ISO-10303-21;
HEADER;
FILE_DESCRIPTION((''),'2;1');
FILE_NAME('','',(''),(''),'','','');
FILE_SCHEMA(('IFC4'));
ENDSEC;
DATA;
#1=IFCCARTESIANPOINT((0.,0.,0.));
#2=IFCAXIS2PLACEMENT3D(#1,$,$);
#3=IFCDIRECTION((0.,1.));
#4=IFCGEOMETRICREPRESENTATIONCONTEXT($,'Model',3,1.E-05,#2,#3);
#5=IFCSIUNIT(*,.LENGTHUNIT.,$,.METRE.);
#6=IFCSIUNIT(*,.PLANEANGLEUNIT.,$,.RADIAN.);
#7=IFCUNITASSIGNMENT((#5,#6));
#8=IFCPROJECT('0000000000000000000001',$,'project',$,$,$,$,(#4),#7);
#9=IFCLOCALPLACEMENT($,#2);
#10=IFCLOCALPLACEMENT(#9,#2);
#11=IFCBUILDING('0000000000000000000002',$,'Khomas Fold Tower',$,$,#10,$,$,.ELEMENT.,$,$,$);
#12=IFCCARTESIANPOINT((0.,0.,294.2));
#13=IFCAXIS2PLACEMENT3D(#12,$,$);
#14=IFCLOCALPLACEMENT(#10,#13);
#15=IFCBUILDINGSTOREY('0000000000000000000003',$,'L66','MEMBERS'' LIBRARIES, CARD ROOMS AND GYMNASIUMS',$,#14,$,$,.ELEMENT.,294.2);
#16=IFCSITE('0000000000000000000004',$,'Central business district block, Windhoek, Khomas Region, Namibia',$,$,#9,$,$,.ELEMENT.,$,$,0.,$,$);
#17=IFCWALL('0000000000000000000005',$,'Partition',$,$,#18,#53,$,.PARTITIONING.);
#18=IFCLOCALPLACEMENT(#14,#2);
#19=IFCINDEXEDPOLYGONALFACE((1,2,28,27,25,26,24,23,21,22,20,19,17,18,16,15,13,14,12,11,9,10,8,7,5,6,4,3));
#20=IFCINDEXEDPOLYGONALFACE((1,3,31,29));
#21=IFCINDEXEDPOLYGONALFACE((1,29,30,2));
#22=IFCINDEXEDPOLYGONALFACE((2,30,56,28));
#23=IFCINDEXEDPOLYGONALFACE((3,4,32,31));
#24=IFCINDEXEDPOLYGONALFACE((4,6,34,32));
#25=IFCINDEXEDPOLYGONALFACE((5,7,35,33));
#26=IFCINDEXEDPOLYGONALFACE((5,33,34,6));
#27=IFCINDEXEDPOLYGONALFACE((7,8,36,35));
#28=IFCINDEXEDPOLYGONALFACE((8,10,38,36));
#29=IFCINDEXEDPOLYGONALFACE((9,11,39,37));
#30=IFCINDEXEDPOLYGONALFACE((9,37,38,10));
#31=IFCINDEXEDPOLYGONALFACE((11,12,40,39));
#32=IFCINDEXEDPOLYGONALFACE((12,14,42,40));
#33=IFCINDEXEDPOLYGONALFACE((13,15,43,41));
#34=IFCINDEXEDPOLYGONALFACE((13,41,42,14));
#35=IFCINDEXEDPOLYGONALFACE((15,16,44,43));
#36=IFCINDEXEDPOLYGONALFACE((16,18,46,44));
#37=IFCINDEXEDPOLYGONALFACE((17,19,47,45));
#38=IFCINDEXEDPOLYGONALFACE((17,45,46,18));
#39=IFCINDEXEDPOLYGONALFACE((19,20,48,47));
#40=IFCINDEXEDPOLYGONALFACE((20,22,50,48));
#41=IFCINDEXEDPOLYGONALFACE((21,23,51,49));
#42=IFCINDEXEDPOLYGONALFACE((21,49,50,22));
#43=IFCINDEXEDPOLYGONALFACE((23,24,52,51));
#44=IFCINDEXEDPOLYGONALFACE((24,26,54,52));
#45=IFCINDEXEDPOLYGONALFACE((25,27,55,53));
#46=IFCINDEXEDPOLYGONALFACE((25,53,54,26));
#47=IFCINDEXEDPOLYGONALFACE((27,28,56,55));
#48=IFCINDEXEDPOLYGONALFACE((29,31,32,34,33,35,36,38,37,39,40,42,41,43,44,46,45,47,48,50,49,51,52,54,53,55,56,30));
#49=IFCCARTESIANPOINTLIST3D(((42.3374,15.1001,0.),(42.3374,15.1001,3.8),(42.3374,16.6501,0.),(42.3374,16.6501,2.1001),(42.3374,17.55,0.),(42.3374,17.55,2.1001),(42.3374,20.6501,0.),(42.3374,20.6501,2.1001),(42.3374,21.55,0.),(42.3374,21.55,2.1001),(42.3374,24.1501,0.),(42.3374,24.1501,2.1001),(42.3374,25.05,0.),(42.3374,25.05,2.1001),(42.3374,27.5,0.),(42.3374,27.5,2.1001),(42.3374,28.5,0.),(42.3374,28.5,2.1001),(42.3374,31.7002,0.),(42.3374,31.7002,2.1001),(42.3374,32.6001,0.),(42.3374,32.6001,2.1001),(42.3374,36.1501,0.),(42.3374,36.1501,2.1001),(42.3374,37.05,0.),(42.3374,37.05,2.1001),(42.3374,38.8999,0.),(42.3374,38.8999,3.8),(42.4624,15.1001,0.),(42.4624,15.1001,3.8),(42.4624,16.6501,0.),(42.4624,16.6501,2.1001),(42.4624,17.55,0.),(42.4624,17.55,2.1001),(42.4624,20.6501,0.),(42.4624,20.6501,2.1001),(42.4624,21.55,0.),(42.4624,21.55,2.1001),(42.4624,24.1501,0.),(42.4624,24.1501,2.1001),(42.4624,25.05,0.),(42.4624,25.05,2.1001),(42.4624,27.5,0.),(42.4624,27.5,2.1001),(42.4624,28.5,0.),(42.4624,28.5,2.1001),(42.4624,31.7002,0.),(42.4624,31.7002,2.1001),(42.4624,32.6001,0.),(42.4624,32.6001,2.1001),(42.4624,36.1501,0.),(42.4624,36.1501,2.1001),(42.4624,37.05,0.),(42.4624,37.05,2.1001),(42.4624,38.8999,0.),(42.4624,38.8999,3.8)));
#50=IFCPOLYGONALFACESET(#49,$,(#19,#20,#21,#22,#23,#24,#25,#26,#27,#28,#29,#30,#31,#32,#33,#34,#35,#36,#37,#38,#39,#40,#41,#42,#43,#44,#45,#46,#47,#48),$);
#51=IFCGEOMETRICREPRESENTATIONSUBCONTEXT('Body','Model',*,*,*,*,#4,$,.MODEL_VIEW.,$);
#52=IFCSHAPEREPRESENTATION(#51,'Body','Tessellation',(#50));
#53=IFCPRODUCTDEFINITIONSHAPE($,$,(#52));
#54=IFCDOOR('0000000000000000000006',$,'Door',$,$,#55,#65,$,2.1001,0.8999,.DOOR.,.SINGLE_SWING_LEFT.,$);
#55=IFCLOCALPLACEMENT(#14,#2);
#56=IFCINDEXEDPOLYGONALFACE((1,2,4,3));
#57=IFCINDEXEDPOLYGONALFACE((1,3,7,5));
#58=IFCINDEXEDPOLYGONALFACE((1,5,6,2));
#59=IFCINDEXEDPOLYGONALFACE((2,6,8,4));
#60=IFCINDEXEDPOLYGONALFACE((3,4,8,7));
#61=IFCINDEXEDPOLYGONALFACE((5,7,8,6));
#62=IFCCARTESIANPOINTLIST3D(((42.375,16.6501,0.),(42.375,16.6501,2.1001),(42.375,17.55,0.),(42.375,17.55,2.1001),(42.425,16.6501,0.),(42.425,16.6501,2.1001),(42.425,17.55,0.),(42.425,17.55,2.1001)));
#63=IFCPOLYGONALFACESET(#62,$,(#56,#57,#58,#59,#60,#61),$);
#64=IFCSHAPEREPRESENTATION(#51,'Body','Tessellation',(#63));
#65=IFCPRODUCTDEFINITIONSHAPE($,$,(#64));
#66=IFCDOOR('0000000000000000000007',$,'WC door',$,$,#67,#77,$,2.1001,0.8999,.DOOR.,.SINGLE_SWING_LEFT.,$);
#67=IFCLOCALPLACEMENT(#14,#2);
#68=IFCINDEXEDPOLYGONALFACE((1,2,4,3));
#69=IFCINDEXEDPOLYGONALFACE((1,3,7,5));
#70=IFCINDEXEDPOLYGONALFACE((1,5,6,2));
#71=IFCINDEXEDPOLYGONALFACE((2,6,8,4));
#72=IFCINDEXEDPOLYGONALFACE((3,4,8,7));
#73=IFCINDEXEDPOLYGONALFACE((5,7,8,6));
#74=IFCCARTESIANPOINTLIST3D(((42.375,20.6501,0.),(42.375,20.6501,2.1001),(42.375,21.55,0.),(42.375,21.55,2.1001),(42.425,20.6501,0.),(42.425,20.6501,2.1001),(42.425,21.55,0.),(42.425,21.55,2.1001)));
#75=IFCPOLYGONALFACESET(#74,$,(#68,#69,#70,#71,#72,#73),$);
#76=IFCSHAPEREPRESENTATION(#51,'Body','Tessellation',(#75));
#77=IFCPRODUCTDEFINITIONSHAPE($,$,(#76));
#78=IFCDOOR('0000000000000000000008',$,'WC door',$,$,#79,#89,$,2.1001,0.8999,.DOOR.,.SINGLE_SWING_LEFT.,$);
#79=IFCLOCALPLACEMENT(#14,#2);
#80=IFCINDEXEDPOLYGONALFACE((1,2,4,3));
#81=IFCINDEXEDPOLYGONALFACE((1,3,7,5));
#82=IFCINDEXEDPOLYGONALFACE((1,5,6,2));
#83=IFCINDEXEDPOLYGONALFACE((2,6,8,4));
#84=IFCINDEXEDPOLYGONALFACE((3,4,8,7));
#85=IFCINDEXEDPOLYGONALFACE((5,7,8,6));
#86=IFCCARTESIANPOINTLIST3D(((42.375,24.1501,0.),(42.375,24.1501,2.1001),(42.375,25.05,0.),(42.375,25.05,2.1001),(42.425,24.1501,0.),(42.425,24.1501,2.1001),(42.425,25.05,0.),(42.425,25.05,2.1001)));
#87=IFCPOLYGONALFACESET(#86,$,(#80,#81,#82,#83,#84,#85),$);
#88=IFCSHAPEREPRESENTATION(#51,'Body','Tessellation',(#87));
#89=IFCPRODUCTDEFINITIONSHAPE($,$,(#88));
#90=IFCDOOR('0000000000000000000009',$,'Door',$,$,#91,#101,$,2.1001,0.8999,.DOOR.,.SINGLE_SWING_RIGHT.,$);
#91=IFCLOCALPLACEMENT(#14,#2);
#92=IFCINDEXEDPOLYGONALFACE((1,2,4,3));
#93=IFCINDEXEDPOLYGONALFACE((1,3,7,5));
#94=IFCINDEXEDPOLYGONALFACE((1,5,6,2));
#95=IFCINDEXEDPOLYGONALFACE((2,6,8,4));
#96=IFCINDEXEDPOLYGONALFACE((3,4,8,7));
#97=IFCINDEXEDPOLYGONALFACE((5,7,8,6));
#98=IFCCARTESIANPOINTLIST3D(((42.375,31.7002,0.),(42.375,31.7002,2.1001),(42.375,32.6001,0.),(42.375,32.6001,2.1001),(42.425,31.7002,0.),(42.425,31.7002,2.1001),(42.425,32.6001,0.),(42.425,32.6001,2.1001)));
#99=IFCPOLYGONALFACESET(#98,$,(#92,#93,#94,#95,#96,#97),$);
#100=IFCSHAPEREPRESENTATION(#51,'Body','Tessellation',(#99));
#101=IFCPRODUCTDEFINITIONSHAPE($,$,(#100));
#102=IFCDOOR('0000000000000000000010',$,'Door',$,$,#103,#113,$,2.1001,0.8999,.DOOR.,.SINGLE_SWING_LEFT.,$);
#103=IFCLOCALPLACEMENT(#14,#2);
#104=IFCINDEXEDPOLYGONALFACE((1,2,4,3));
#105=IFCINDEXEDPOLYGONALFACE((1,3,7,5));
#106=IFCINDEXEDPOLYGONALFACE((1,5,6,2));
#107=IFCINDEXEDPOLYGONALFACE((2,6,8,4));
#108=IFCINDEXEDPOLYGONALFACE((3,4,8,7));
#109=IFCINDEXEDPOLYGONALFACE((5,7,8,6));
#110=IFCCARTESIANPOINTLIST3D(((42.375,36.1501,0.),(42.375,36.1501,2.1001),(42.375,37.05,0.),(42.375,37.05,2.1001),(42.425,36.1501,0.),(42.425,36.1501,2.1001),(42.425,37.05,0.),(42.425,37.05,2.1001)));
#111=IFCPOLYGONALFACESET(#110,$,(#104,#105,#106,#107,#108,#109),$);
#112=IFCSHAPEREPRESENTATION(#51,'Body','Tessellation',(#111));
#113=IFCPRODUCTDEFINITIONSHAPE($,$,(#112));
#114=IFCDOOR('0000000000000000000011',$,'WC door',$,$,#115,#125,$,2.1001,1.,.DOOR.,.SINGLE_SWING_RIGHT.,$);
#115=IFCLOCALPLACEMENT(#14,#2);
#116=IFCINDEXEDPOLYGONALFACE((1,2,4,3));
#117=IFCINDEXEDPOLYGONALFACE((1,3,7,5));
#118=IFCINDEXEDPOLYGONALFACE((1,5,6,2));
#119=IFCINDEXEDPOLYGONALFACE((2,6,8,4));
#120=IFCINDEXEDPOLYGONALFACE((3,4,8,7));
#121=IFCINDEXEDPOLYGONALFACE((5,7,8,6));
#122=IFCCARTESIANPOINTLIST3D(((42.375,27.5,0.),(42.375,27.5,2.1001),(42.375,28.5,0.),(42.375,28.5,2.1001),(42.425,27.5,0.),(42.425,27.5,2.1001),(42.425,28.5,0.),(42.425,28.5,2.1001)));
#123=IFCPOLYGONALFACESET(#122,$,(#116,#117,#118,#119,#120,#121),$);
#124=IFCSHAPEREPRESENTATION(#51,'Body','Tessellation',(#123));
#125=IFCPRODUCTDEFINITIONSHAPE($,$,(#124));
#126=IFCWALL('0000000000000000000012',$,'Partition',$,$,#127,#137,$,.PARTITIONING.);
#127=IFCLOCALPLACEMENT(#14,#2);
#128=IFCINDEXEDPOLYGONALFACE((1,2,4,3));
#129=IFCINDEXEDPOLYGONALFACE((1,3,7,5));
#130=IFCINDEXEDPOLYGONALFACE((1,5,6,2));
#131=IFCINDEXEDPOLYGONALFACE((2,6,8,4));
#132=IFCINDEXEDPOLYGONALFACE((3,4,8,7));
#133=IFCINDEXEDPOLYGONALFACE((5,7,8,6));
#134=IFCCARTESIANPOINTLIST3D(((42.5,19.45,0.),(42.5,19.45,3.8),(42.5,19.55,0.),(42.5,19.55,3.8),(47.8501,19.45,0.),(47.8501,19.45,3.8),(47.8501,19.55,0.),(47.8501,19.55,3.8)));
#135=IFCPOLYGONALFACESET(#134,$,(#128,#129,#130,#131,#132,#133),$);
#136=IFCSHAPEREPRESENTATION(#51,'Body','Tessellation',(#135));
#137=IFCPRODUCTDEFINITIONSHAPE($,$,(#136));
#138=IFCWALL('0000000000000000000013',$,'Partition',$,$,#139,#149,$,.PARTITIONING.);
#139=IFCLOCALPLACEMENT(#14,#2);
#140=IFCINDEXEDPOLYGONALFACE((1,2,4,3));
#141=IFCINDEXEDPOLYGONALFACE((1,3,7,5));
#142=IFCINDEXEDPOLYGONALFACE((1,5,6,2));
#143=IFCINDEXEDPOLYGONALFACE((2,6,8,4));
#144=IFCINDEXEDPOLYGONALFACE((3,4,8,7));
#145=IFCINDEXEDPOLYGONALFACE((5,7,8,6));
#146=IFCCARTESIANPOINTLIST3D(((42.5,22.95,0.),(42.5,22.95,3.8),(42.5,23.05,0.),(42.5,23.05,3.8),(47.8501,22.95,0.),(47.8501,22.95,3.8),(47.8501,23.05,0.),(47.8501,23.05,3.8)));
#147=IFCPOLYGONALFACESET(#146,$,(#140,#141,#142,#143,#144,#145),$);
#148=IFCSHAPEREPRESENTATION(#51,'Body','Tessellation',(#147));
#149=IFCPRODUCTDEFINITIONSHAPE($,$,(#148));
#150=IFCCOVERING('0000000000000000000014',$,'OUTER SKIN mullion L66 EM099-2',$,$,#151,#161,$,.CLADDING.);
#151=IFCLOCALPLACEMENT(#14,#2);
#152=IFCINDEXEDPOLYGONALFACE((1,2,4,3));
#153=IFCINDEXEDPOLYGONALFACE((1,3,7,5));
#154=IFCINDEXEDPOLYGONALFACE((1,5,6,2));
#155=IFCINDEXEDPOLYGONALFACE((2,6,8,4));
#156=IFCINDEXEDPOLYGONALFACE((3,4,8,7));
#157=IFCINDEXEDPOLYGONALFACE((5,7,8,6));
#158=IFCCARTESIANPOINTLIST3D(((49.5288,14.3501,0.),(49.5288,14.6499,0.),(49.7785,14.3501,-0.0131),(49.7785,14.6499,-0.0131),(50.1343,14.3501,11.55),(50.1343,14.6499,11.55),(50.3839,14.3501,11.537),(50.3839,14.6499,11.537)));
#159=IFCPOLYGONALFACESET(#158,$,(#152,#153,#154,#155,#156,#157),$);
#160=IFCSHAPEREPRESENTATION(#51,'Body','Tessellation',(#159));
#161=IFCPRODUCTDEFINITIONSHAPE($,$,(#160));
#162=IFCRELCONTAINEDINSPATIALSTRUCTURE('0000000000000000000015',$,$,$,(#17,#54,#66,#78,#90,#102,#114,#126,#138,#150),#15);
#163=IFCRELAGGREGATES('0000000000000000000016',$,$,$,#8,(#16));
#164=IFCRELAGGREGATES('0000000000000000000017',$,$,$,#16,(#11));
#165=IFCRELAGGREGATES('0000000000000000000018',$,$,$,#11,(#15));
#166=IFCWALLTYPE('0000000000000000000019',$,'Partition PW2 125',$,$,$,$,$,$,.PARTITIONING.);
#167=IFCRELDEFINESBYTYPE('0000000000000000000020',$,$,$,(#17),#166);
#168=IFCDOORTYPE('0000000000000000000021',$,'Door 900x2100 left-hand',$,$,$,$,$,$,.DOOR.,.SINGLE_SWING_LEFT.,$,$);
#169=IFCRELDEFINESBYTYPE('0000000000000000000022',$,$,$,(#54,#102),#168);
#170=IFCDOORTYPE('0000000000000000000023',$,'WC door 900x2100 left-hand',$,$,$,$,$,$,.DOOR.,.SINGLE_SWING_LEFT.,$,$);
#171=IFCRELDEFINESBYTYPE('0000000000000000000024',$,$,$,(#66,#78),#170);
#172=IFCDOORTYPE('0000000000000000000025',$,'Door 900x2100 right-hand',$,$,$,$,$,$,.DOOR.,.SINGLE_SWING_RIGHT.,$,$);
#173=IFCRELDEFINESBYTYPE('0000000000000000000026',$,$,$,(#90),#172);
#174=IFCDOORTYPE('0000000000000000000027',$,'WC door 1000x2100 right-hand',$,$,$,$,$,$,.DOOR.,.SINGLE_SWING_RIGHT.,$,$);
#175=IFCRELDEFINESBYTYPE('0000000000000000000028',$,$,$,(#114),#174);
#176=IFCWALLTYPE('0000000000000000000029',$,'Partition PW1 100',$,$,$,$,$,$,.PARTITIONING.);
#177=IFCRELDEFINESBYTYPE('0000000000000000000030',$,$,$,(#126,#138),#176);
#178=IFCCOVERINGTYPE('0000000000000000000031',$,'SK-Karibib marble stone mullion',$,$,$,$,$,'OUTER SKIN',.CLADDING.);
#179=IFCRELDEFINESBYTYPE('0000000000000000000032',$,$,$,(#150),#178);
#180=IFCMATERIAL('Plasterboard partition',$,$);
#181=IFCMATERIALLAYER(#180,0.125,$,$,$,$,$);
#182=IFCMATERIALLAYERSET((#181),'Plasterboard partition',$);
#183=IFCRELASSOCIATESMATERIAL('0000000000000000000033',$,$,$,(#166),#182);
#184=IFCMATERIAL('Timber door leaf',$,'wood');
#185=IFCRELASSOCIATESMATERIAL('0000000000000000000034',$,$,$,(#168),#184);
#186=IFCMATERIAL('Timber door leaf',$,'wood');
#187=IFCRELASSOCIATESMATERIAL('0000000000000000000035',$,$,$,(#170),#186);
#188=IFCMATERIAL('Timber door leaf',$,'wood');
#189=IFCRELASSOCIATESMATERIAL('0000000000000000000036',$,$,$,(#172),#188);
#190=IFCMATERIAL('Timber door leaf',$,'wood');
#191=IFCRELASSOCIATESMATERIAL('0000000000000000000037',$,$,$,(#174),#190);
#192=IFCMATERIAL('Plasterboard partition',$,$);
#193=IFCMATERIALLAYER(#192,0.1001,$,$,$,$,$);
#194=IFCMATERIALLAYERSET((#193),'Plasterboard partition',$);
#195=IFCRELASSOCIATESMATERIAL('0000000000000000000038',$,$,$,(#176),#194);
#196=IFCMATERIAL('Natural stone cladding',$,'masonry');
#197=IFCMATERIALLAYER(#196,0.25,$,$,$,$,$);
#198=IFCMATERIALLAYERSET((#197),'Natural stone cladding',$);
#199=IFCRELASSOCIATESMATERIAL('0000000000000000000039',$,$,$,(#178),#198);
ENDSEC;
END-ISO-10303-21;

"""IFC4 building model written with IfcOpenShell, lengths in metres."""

from ifc_helpers import new_model, si_unit, direction, frame, frame_2d, origin, place, context, subcontext, project, spatial, polyline, rectangle, outline, extrude, source, transform, mapped, material, layer, layer_set, type_object, element, fill, save


model = new_model("IFC4")

# Units and contexts
model_context = context("Model", 3, precision=1e-05, world=origin(), true_north=direction((0.0, 1.0)))
body_context = subcontext(model_context, "Body", "Model", "MODEL_VIEW")
ifc_project = project(units=[si_unit("LENGTHUNIT", "METRE"), si_unit("PLANEANGLEUNIT", "RADIAN")], contexts=[model_context])

# Site, building, storey
site_placement = place(None, origin())
site = spatial("IfcSite", under=ifc_project, at=site_placement, Name="Central business district block, Windhoek, Khomas Region, Namibia", CompositionType="ELEMENT", RefElevation=0.0)
building_placement = place(site_placement, origin())
building = spatial("IfcBuilding", under=site, at=building_placement, Name="Khomas Fold Tower", CompositionType="ELEMENT")
storey_placement = place(building_placement, frame((0.0, 0.0, 294.2)))
storey = spatial("IfcBuildingStorey", under=building, at=storey_placement, Name="L66", Description="MEMBERS' LIBRARIES, CARD ROOMS AND GYMNASIUMS", CompositionType="ELEMENT", Elevation=294.2)

# Wall, openings, doors
ifc_material_1 = material(Name="Plasterboard partition")
ifc_layer_1 = layer(ifc_material_1, 0.125)
ifc_layer_set_1 = layer_set([ifc_layer_1], Name="Plasterboard partition")
wall_type_1 = type_object("IfcWallType", Name="Partition PW2 125", PredefinedType="PARTITIONING", material=ifc_layer_set_1)
shared_shape_1 = source(origin(), body_context, "Body", "SweptSolid", [
    extrude(rectangle(XDim=23.7998, YDim=0.125, at=frame_2d((11.8999, 0.0))), origin(), (0.0, 0.0, 1.0), 3.8),
])
wall_placement = place(storey_placement, frame((42.3999, 15.1001, 0.0), z_axis=(0.0, 0.0, 1.0), x_axis=(0.0, 1.0, 0.0)))
wall = element("IfcWall", 1, at=wall_placement, inside=storey, type_object=wall_type_1, Name="Partition", PredefinedType="PARTITIONING", context=body_context, shape_type="MappedRepresentation", body=[
    mapped(shared_shape_1, transform((0.0, 0.0, 0.0))),
])
shared_shape_2 = source(origin(), body_context, "Body", "SweptSolid", [
    extrude(rectangle(XDim=0.8999, YDim=2.1001, at=frame_2d((0.45, 1.05))), frame((0.0, 0.0725, 0.0), z_axis=(0.0, -1.0, 0.0), x_axis=(1.0, 0.0, 0.0)), (0.0, 0.0, 1.0), 0.145),
])
opening_1_placement = place(wall_placement, frame((1.55, 0.0, 0.0)))
opening_1 = element("IfcOpeningElement", 2, at=opening_1_placement, cuts=wall, PredefinedType="OPENING", context=body_context, shape_type="MappedRepresentation", body=[
    mapped(shared_shape_2, transform((0.0, 0.0, 0.0))),
])
opening_2_placement = place(wall_placement, frame((5.55, 0.0, 0.0)))
opening_2 = element("IfcOpeningElement", 3, at=opening_2_placement, cuts=wall, PredefinedType="OPENING", context=body_context, shape_type="MappedRepresentation", body=[
    mapped(shared_shape_2, transform((0.0, 0.0, 0.0))),
])
opening_3_placement = place(wall_placement, frame((9.05, 0.0, 0.0)))
opening_3 = element("IfcOpeningElement", 4, at=opening_3_placement, cuts=wall, PredefinedType="OPENING", context=body_context, shape_type="MappedRepresentation", body=[
    mapped(shared_shape_2, transform((0.0, 0.0, 0.0))),
])
shared_shape_3 = source(origin(), body_context, "Body", "SweptSolid", [
    extrude(rectangle(XDim=1.0, YDim=2.1001, at=frame_2d((0.5, 1.05))), frame((0.0, 0.0725, 0.0), z_axis=(0.0, -1.0, 0.0), x_axis=(1.0, 0.0, 0.0)), (0.0, 0.0, 1.0), 0.145),
])
opening_4_placement = place(wall_placement, frame((12.3999, 0.0, 0.0)))
opening_4 = element("IfcOpeningElement", 5, at=opening_4_placement, cuts=wall, PredefinedType="OPENING", context=body_context, shape_type="MappedRepresentation", body=[
    mapped(shared_shape_3, transform((0.0, 0.0, 0.0))),
])
opening_5_placement = place(wall_placement, frame((16.6001, 0.0, 0.0)))
opening_5 = element("IfcOpeningElement", 6, at=opening_5_placement, cuts=wall, PredefinedType="OPENING", context=body_context, shape_type="MappedRepresentation", body=[
    mapped(shared_shape_2, transform((0.0, 0.0, 0.0))),
])
opening_6_placement = place(wall_placement, frame((21.05, 0.0, 0.0)))
opening_6 = element("IfcOpeningElement", 7, at=opening_6_placement, cuts=wall, PredefinedType="OPENING", context=body_context, shape_type="MappedRepresentation", body=[
    mapped(shared_shape_2, transform((0.0, 0.0, 0.0))),
])
ifc_material_2 = material(Name="Timber door leaf", Category="wood")
door_type_1 = type_object("IfcDoorType", Name="Door 900x2100 left-hand", OperationType="SINGLE_SWING_LEFT", PredefinedType="DOOR", material=ifc_material_2)
shared_shape_4 = source(origin(), body_context, "Body", "SweptSolid", [
    extrude(rectangle(XDim=0.8999, YDim=2.1001, at=frame_2d((0.45, 1.05))), frame((0.0, 0.0249, 0.0), z_axis=(0.0, -1.0, 0.0), x_axis=(1.0, 0.0, 0.0)), (0.0, 0.0, 1.0), 0.05),
])
door_1_placement = place(opening_1_placement, origin())
door_1 = element("IfcDoor", 8, at=door_1_placement, inside=storey, type_object=door_type_1, Name="Door", OperationType="SINGLE_SWING_LEFT", OverallHeight=2.1001, OverallWidth=0.8999, PredefinedType="DOOR", context=body_context, shape_type="MappedRepresentation", body=[
    mapped(shared_shape_4, transform((0.0, 0.0, 0.0))),
])
fill(opening_1, door_1)
ifc_material_3 = material(Name="Timber door leaf", Category="wood")
door_type_2 = type_object("IfcDoorType", Name="WC door 900x2100 left-hand", OperationType="SINGLE_SWING_LEFT", PredefinedType="DOOR", material=ifc_material_3)
door_2_placement = place(opening_2_placement, origin())
door_2 = element("IfcDoor", 9, at=door_2_placement, inside=storey, type_object=door_type_2, Name="WC door", OperationType="SINGLE_SWING_LEFT", OverallHeight=2.1001, OverallWidth=0.8999, PredefinedType="DOOR", context=body_context, shape_type="MappedRepresentation", body=[
    mapped(shared_shape_4, transform((0.0, 0.0, 0.0))),
])
fill(opening_2, door_2)
door_3_placement = place(opening_3_placement, origin())
door_3 = element("IfcDoor", 10, at=door_3_placement, inside=storey, type_object=door_type_2, Name="WC door", OperationType="SINGLE_SWING_LEFT", OverallHeight=2.1001, OverallWidth=0.8999, PredefinedType="DOOR", context=body_context, shape_type="MappedRepresentation", body=[
    mapped(shared_shape_4, transform((0.0, 0.0, 0.0))),
])
fill(opening_3, door_3)
ifc_material_4 = material(Name="Timber door leaf", Category="wood")
door_type_3 = type_object("IfcDoorType", Name="Door 900x2100 right-hand", OperationType="SINGLE_SWING_RIGHT", PredefinedType="DOOR", material=ifc_material_4)
door_4_placement = place(opening_5_placement, origin())
door_4 = element("IfcDoor", 11, at=door_4_placement, inside=storey, type_object=door_type_3, Name="Door", OperationType="SINGLE_SWING_RIGHT", OverallHeight=2.1001, OverallWidth=0.8999, PredefinedType="DOOR", context=body_context, shape_type="MappedRepresentation", body=[
    mapped(shared_shape_4, transform((0.0, 0.0, 0.0))),
])
fill(opening_5, door_4)
door_5_placement = place(opening_6_placement, origin())
door_5 = element("IfcDoor", 12, at=door_5_placement, inside=storey, type_object=door_type_1, Name="Door", OperationType="SINGLE_SWING_LEFT", OverallHeight=2.1001, OverallWidth=0.8999, PredefinedType="DOOR", context=body_context, shape_type="MappedRepresentation", body=[
    mapped(shared_shape_4, transform((0.0, 0.0, 0.0))),
])
fill(opening_6, door_5)
ifc_material_5 = material(Name="Timber door leaf", Category="wood")
door_type_4 = type_object("IfcDoorType", Name="WC door 1000x2100 right-hand", OperationType="SINGLE_SWING_RIGHT", PredefinedType="DOOR", material=ifc_material_5)
shared_shape_5 = source(origin(), body_context, "Body", "SweptSolid", [
    extrude(rectangle(XDim=1.0, YDim=2.1001, at=frame_2d((0.5, 1.05))), frame((0.0, 0.0249, 0.0), z_axis=(0.0, -1.0, 0.0), x_axis=(1.0, 0.0, 0.0)), (0.0, 0.0, 1.0), 0.05),
])
door_6_placement = place(opening_4_placement, origin())
door_6 = element("IfcDoor", 13, at=door_6_placement, inside=storey, type_object=door_type_4, Name="WC door", OperationType="SINGLE_SWING_RIGHT", OverallHeight=2.1001, OverallWidth=1.0, PredefinedType="DOOR", context=body_context, shape_type="MappedRepresentation", body=[
    mapped(shared_shape_5, transform((0.0, 0.0, 0.0))),
])
fill(opening_4, door_6)

# Walls
ifc_material_6 = material(Name="Plasterboard partition")
ifc_layer_2 = layer(ifc_material_6, 0.1001)
ifc_layer_set_2 = layer_set([ifc_layer_2], Name="Plasterboard partition")
wall_type_2 = type_object("IfcWallType", Name="Partition PW1 100", PredefinedType="PARTITIONING", material=ifc_layer_set_2)
shared_shape_6 = source(origin(), body_context, "Body", "SweptSolid", [
    extrude(rectangle(XDim=5.3501, YDim=0.1001, at=frame_2d((2.675, 0.0))), origin(), (0.0, 0.0, 1.0), 3.8),
])
for number, where, z_axis, x_axis, name in (
    (14, (42.5, 19.5, 0.0), (0.0, 0.0, 1.0), (1.0, 0.0, 0.0), "Partition"),
    (15, (42.5, 23.0, 0.0), (0.0, 0.0, 1.0), (1.0, 0.0, 0.0), "Partition"),
):
    element("IfcWall", number, at=place(storey_placement, frame(where, z_axis=z_axis, x_axis=x_axis)), inside=storey, type_object=wall_type_2, Name=name, PredefinedType="PARTITIONING", context=body_context, shape_type="MappedRepresentation", body=[
        mapped(shared_shape_6, transform((0.0, 0.0, 0.0))),
    ])

# Covering
ifc_material_7 = material(Name="Natural stone cladding", Category="masonry")
ifc_layer_3 = layer(ifc_material_7, 0.25)
ifc_layer_set_3 = layer_set([ifc_layer_3], Name="Natural stone cladding")
covering_type_1 = type_object("IfcCoveringType", Name="SK-Karibib marble stone mullion", ElementType="OUTER SKIN", PredefinedType="CLADDING", material=ifc_layer_set_3)
covering_1_placement = place(storey_placement, frame((49.5288, 14.3501, 0.0), z_axis=(-0.998629, 0.0, 0.052349), x_axis=(0.052349, 0.0, 0.998629)))
element("IfcCovering", 16, at=covering_1_placement, inside=storey, type_object=covering_type_1, Name="OUTER SKIN mullion L66 EM099-2", PredefinedType="CLADDING", context=body_context, shape_type="SweptSolid", body=[
    extrude(outline(polyline([(0.0, 0.0), (11.5659, 0.0), (11.5659, 0.2998), (0.0, 0.2998), (0.0, 0.0)])), origin(), (0.0, 0.0, -1.0), 0.25),
])

save(model, "model.ifc")
